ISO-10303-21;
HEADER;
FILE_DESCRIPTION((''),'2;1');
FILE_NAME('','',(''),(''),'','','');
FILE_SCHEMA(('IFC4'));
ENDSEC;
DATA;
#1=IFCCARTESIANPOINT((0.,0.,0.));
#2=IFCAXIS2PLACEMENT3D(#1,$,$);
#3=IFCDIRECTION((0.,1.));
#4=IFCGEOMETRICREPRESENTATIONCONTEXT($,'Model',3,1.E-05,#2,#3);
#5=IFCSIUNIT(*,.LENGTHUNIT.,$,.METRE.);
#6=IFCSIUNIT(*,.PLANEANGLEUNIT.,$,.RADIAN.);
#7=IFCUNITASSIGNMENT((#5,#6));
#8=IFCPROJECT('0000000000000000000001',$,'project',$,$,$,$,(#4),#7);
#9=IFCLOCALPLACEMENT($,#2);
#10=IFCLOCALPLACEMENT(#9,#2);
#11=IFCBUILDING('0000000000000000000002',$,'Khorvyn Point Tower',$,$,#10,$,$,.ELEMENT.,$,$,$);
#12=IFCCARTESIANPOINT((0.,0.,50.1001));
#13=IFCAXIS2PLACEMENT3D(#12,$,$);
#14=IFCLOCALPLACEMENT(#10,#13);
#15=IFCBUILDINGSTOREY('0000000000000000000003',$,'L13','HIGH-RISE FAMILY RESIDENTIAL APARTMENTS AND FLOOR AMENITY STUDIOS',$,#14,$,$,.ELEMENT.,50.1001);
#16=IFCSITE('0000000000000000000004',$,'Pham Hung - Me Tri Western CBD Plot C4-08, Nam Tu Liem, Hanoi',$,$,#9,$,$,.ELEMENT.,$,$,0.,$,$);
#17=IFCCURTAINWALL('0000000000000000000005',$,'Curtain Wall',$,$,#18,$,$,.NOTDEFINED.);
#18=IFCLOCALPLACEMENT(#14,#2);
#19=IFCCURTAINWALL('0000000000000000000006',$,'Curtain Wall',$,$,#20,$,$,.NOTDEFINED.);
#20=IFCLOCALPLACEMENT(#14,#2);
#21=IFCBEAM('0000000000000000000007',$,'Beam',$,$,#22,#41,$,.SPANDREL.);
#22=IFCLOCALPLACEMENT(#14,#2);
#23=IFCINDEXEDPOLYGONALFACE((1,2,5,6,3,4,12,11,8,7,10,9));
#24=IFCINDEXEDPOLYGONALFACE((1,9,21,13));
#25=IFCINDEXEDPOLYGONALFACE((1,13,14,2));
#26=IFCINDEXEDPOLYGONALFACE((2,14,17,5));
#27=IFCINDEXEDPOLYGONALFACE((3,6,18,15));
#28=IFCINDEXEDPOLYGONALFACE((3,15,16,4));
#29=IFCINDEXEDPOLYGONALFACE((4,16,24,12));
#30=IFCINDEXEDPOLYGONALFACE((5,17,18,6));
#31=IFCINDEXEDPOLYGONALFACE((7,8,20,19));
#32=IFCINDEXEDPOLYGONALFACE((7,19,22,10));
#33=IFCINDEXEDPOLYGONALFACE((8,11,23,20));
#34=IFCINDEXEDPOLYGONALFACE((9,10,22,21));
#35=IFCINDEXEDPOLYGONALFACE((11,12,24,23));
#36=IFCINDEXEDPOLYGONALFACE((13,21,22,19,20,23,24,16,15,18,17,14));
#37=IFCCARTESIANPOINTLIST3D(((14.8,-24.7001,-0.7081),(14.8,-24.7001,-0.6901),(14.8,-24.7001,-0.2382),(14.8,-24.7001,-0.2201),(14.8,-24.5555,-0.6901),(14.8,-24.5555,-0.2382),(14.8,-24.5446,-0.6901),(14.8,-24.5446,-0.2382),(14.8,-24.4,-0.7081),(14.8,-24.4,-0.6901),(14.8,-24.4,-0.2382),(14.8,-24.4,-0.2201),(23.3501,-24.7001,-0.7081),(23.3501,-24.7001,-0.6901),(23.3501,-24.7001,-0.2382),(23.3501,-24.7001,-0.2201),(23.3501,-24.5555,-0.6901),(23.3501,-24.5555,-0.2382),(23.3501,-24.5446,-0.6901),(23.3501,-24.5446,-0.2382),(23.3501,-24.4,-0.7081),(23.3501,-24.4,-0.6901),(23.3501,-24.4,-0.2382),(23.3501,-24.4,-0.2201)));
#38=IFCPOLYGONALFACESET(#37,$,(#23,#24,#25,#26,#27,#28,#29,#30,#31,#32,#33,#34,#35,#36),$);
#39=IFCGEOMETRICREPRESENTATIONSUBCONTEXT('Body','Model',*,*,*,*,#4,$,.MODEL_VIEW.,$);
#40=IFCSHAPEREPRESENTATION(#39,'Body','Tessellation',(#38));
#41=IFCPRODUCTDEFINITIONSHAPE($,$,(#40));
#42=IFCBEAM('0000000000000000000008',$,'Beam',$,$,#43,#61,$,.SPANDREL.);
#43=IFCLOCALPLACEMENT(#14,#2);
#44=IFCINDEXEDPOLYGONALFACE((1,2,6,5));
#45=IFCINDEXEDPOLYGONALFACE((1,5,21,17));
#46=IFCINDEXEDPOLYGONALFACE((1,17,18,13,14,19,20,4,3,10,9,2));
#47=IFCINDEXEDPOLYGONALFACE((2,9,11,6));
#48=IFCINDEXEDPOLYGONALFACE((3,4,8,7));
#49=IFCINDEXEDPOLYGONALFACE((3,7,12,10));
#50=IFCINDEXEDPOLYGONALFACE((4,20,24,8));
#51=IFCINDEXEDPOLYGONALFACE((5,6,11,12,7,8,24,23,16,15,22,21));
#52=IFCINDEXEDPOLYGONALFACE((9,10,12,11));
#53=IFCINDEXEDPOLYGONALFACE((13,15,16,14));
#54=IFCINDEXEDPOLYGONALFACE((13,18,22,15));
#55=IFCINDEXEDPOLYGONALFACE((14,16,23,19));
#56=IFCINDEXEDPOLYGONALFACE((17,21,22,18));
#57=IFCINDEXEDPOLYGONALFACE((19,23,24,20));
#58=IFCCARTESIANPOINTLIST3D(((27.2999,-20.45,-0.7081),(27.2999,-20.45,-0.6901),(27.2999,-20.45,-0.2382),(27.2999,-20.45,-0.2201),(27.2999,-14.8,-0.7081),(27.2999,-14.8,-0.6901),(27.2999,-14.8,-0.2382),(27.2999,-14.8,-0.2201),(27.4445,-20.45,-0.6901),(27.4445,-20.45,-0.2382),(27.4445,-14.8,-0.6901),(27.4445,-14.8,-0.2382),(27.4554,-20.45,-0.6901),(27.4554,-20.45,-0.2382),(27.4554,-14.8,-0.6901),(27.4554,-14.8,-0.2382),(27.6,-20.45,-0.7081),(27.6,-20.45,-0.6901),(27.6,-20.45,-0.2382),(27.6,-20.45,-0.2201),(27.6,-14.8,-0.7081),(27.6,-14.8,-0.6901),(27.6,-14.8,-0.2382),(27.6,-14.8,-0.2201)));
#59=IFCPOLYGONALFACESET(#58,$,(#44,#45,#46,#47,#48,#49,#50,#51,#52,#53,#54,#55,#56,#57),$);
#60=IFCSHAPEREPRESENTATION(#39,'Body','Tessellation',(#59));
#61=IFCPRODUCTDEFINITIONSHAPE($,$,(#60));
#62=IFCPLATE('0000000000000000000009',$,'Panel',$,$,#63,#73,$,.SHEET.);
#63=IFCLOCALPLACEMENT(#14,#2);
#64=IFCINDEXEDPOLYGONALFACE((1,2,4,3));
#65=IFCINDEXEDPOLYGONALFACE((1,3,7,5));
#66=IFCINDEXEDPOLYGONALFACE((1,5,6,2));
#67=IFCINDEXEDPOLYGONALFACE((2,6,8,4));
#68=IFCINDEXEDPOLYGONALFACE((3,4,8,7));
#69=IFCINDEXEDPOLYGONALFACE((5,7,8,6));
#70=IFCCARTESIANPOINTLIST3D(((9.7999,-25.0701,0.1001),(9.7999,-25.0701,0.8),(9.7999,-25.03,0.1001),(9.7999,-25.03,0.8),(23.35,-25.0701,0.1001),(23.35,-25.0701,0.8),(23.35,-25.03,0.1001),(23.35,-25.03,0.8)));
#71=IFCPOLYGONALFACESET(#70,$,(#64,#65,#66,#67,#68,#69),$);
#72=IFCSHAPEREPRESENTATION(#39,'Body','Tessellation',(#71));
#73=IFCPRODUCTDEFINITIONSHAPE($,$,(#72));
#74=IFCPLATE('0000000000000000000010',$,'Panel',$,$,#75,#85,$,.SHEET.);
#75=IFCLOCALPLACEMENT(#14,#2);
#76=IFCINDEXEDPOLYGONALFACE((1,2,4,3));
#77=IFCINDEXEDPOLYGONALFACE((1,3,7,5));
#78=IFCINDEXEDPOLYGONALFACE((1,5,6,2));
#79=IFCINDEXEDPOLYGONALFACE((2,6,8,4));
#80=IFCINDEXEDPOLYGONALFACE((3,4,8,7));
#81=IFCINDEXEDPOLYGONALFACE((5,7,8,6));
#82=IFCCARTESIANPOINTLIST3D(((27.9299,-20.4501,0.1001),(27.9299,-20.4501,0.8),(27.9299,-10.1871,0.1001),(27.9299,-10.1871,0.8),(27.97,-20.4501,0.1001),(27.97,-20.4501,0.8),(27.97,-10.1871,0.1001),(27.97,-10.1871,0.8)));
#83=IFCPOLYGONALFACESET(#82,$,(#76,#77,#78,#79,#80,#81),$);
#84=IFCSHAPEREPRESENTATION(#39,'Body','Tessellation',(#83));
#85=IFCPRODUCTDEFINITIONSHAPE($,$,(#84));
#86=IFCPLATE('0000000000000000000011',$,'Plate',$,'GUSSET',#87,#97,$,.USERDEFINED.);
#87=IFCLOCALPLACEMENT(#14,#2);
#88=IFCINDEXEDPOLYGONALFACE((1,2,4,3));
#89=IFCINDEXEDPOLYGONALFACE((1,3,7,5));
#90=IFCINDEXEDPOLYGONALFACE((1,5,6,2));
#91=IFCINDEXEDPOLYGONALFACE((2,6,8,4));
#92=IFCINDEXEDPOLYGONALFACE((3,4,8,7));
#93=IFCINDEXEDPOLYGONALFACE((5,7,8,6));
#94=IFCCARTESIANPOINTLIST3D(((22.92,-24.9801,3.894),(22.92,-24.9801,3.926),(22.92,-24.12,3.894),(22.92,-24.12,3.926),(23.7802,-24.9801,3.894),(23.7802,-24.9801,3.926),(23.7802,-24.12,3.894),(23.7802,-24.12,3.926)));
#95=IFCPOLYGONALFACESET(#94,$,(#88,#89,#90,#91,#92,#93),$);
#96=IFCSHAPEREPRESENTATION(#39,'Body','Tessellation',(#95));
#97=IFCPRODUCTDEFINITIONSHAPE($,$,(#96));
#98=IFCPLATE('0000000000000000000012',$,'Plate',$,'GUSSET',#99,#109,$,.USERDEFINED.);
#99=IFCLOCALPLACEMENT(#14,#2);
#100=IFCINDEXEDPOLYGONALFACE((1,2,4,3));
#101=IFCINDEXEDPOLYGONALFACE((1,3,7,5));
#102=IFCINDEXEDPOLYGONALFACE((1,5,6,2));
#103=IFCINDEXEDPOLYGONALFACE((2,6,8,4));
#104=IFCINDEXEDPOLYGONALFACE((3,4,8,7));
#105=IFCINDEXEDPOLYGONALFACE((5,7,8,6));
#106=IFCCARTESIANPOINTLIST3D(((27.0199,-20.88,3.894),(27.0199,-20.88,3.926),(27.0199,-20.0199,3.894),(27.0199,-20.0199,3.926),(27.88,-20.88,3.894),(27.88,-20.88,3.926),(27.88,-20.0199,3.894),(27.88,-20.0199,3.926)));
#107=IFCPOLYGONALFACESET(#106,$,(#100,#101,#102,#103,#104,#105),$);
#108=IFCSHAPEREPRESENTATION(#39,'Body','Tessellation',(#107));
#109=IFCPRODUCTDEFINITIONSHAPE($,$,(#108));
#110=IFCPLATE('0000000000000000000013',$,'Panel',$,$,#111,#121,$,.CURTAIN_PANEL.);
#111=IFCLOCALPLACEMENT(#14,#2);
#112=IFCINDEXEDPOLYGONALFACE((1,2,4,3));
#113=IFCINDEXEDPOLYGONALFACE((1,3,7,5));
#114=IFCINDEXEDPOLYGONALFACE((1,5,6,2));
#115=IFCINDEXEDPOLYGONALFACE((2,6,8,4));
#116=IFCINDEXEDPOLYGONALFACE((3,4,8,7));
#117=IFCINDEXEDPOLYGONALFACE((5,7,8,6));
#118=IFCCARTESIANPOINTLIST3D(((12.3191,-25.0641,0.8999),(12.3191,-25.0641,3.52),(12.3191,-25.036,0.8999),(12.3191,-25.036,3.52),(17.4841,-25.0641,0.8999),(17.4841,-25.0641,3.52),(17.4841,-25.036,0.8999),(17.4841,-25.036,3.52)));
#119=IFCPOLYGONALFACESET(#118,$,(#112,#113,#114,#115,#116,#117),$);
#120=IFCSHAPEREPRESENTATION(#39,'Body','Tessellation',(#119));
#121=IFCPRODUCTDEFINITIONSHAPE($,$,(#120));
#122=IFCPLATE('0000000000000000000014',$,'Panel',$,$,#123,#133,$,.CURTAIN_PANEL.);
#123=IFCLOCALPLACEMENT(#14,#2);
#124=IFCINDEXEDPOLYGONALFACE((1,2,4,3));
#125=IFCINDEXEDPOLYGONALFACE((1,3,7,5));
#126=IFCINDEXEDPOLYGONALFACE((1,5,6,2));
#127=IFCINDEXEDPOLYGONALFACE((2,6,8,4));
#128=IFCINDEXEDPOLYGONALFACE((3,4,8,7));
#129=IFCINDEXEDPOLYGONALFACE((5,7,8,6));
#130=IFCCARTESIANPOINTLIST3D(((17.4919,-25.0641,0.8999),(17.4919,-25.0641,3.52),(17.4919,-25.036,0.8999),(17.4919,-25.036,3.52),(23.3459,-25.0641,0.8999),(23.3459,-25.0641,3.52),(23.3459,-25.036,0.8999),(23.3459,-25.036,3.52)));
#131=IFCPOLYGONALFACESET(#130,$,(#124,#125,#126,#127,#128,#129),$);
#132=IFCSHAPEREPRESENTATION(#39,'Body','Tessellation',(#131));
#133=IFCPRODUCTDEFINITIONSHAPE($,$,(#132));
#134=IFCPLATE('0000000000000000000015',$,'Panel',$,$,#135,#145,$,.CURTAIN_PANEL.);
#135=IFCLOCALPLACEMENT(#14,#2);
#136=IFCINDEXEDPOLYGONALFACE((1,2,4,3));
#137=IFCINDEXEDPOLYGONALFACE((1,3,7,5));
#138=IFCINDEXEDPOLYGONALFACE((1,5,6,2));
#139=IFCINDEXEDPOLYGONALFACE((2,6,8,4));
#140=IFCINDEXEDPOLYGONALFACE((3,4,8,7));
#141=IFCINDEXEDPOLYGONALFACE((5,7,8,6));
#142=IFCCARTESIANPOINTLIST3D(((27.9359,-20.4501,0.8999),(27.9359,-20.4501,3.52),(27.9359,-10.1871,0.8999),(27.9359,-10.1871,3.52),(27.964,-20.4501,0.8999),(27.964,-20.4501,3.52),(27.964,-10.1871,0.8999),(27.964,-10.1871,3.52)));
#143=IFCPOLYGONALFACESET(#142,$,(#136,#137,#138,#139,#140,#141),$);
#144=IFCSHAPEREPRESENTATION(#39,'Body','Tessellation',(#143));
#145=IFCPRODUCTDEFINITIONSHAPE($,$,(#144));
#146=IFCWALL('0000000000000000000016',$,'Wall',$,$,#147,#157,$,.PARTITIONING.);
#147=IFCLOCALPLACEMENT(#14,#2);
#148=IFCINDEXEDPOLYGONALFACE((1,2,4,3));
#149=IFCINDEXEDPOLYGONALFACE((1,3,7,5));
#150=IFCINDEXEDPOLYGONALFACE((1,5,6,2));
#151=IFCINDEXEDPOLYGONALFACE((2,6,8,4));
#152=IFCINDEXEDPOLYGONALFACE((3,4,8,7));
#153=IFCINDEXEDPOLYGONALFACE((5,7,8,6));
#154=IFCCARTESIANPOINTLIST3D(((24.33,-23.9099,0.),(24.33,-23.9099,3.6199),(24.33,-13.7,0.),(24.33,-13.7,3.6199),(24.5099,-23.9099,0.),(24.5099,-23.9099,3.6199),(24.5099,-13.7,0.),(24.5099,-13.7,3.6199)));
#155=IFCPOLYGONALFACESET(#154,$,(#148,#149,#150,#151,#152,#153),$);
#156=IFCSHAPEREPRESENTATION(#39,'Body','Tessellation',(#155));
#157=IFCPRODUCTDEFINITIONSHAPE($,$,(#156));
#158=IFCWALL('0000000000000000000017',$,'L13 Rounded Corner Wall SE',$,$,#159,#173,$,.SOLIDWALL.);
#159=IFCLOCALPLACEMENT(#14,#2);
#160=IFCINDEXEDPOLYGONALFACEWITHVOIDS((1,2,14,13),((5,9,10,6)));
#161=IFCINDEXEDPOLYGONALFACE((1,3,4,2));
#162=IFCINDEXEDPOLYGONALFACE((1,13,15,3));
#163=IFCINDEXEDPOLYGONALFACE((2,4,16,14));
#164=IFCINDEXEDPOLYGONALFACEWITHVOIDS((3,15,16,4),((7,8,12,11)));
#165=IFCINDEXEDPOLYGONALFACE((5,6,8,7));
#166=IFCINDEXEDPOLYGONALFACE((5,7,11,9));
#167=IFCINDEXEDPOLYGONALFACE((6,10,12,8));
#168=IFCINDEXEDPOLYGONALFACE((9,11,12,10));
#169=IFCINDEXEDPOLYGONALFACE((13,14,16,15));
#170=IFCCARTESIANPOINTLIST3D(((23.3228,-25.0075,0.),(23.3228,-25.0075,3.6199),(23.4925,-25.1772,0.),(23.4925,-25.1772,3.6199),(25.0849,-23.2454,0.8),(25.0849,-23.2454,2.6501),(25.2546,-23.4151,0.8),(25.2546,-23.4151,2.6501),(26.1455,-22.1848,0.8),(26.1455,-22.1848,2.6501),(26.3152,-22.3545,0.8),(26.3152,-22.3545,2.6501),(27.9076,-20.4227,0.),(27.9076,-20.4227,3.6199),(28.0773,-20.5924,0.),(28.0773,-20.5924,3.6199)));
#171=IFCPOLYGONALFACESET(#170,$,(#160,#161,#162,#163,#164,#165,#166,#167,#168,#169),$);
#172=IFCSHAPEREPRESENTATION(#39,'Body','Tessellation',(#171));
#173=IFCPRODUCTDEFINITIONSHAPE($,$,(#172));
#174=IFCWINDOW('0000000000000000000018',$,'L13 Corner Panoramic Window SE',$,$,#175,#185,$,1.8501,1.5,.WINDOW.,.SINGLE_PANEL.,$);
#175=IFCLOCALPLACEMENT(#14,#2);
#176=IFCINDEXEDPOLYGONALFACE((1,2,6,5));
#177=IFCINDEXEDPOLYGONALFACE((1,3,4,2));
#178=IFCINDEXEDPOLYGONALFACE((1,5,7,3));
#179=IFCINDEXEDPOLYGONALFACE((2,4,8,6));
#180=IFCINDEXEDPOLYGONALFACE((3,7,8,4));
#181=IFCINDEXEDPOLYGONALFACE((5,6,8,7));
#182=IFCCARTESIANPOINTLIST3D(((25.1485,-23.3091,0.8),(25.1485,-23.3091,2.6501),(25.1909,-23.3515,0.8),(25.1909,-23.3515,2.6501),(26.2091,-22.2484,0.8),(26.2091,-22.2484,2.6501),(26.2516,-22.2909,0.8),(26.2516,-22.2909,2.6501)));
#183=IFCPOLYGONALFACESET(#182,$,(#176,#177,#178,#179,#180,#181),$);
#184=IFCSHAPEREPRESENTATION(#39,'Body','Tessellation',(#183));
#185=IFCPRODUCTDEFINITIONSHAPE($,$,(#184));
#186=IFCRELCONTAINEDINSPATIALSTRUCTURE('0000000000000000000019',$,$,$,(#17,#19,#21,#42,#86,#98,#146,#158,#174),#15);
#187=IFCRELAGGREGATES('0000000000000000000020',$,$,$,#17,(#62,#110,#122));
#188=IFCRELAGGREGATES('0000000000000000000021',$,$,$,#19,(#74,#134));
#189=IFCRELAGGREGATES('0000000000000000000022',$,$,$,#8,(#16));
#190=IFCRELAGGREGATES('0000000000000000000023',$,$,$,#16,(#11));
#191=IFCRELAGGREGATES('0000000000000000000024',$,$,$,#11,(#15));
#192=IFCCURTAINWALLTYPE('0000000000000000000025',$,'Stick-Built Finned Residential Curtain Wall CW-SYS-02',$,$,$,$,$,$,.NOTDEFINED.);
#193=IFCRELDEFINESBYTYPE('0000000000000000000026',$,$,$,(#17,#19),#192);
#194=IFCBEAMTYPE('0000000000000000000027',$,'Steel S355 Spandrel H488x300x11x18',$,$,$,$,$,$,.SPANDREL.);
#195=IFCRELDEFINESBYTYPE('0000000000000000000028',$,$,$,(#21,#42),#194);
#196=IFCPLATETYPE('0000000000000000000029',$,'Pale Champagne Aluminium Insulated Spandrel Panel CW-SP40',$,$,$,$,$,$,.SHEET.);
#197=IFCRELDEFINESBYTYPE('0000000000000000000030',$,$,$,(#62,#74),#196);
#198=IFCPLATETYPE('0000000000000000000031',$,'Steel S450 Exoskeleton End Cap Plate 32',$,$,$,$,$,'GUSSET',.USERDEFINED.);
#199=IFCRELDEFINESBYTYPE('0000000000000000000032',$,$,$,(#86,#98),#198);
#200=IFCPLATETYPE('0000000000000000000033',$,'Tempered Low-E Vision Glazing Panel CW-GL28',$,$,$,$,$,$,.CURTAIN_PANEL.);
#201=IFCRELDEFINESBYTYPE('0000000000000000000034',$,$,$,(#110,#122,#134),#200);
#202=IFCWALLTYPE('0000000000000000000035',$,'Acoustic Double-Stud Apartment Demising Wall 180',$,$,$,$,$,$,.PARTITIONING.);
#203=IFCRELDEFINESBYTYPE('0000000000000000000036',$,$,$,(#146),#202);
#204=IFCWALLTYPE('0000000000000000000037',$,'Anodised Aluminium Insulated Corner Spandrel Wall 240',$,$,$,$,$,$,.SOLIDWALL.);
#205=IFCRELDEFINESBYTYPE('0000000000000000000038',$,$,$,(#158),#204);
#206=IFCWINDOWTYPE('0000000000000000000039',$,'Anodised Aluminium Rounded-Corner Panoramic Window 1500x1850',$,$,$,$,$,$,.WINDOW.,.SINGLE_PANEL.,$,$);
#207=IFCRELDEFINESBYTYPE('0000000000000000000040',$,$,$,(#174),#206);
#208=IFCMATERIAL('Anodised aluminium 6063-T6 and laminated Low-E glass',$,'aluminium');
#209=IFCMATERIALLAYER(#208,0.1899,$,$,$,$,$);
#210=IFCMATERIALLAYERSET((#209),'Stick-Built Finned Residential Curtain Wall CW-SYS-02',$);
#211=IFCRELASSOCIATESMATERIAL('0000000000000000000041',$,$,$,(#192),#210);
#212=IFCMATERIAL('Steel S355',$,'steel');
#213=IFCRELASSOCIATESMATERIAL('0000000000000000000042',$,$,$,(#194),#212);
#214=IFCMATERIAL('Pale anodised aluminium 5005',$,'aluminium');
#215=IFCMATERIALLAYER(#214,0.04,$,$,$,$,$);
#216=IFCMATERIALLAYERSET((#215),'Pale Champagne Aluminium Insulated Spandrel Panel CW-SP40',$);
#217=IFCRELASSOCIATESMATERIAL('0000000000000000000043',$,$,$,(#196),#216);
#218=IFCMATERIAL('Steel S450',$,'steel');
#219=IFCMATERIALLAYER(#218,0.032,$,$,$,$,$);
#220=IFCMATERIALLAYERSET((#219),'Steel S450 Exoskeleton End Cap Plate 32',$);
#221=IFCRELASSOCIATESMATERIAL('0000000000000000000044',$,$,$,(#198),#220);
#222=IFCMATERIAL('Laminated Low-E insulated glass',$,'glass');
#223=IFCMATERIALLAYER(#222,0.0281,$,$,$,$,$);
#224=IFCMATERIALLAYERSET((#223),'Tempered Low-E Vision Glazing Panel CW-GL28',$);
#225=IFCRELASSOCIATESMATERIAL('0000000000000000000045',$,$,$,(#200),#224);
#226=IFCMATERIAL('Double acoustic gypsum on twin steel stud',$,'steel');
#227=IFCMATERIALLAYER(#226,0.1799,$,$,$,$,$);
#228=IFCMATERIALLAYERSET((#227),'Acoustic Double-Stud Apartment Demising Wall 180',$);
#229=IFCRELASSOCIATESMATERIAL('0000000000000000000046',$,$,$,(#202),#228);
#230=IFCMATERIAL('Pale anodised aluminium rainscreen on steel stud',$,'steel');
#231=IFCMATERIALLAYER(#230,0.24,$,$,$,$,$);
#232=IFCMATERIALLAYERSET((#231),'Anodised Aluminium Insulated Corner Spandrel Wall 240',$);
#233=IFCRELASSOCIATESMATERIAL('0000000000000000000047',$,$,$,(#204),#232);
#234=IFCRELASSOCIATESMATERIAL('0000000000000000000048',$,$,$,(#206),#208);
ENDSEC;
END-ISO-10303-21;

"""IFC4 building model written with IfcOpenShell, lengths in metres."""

from ifc_helpers import new_model, si_unit, direction, frame, frame_2d, origin, origin_2d, place, context, subcontext, project, spatial, rectangle, i_section, extrude, material, layer, layer_set, material_profile, profile_set, type_object, element, fill, aggregate, save


model = new_model("IFC4")

# Units and contexts
model_context = context("Model", 3, precision=1e-05, world=origin(), true_north=direction((0.0, 1.0)))
body_context = subcontext(model_context, "Body", "Model", "MODEL_VIEW")
ifc_project = project(units=[si_unit("LENGTHUNIT", "METRE"), si_unit("PLANEANGLEUNIT", "RADIAN")], contexts=[model_context])

# Site, building, storey
site_placement = place(None, origin())
site = spatial("IfcSite", under=ifc_project, at=site_placement, Name="Pham Hung - Me Tri Western CBD Plot C4-08, Nam Tu Liem, Hanoi", CompositionType="ELEMENT", RefElevation=0.0)
building_placement = place(site_placement, origin())
building = spatial("IfcBuilding", under=site, at=building_placement, Name="Khorvyn Point Tower", CompositionType="ELEMENT")
storey_placement = place(building_placement, frame((0.0, 0.0, 50.1001)))
storey = spatial("IfcBuildingStorey", under=building, at=storey_placement, Name="L13", Description="HIGH-RISE FAMILY RESIDENTIAL APARTMENTS AND FLOOR AMENITY STUDIOS", CompositionType="ELEMENT", Elevation=50.1001)

# Shared definitions
ifc_material_1 = material(Name="Steel S450", Category="steel")

# Curtain walls
ifc_material_2 = material(Name="Anodised aluminium 6063-T6 and laminated Low-E glass", Category="aluminium")
ifc_layer_1 = layer(ifc_material_2, 0.1899)
ifc_layer_set_1 = layer_set([ifc_layer_1], Name="Stick-Built Finned Residential Curtain Wall CW-SYS-02")
curtain_wall_type = type_object("IfcCurtainWallType", Name="Stick-Built Finned Residential Curtain Wall CW-SYS-02", PredefinedType="NOTDEFINED", material=ifc_layer_set_1)
curtain_wall_1_placement = place(storey_placement, origin())
curtain_wall_1 = element("IfcCurtainWall", 1, at=curtain_wall_1_placement, inside=storey, type_object=curtain_wall_type, Name="Curtain Wall", PredefinedType="NOTDEFINED")
curtain_wall_2_placement = place(storey_placement, origin())
curtain_wall_2 = element("IfcCurtainWall", 2, at=curtain_wall_2_placement, inside=storey, type_object=curtain_wall_type, Name="Curtain Wall", PredefinedType="NOTDEFINED")

# Beams
ifc_material_3 = material(Name="Steel S355", Category="steel")
ifc_material_profile_1 = material_profile(ifc_material_3, i_section(OverallWidth=0.3, OverallDepth=0.488, WebThickness=0.011, FlangeThickness=0.0181, at=origin_2d()))
ifc_profile_set_1 = profile_set([ifc_material_profile_1], Name="Steel S355 H488x300x11x18")
beam_type_1 = type_object("IfcBeamType", Name="Steel S355 Spandrel H488x300x11x18", PredefinedType="SPANDREL", material=ifc_profile_set_1)
beam_1_placement = place(storey_placement, frame((14.8, -24.55, -0.4641), z_axis=(1.0, 0.0, 0.0), x_axis=(0.0, 1.0, 0.0)))
element("IfcBeam", 3, at=beam_1_placement, inside=storey, type_object=beam_type_1, Name="Beam", PredefinedType="SPANDREL", context=body_context, shape_type="SweptSolid", body=[
    extrude(i_section(OverallWidth=0.3, OverallDepth=0.488, WebThickness=0.011, FlangeThickness=0.0181, at=origin_2d()), origin(), (0.0, 0.0, 1.0), 8.55),
])
beam_2_placement = place(storey_placement, frame((27.45, -20.45, -0.4641), z_axis=(0.0, 1.0, 0.0), x_axis=(-1.0, 0.0, 0.0)))
element("IfcBeam", 4, at=beam_2_placement, inside=storey, type_object=beam_type_1, Name="Beam", PredefinedType="SPANDREL", context=body_context, shape_type="SweptSolid", body=[
    extrude(i_section(OverallWidth=0.3, OverallDepth=0.488, WebThickness=0.011, FlangeThickness=0.0181, at=origin_2d()), origin(), (0.0, 0.0, 1.0), 5.6499),
])

# Plates
ifc_material_4 = material(Name="Pale anodised aluminium 5005", Category="aluminium")
ifc_layer_2 = layer(ifc_material_4, 0.04)
ifc_layer_set_2 = layer_set([ifc_layer_2], Name="Pale Champagne Aluminium Insulated Spandrel Panel CW-SP40")
plate_type_1 = type_object("IfcPlateType", Name="Pale Champagne Aluminium Insulated Spandrel Panel CW-SP40", PredefinedType="SHEET", material=ifc_layer_set_2)
plate_1_placement = place(storey_placement, frame((16.575, -25.05, 0.1001), z_axis=(0.0, 0.0, 1.0), x_axis=(-1.0, 0.0, 0.0)))
plate_1 = element("IfcPlate", 5, at=plate_1_placement, type_object=plate_type_1, Name="Panel", PredefinedType="SHEET", context=body_context, shape_type="SweptSolid", body=[
    extrude(rectangle(XDim=13.55, YDim=0.04, at=origin_2d()), origin(), (0.0, 0.0, 1.0), 0.7),
])
plate_2_placement = place(storey_placement, frame((27.95, -15.3186, 0.1001), z_axis=(0.0, 0.0, 1.0), x_axis=(0.0, -1.0, 0.0)))
plate_2 = element("IfcPlate", 6, at=plate_2_placement, type_object=plate_type_1, Name="Panel", PredefinedType="SHEET", context=body_context, shape_type="SweptSolid", body=[
    extrude(rectangle(XDim=10.2629, YDim=0.04, at=origin_2d()), origin(), (0.0, 0.0, 1.0), 0.7),
])

# Plates
ifc_layer_3 = layer(ifc_material_1, 0.032)
ifc_layer_set_3 = layer_set([ifc_layer_3], Name="Steel S450 Exoskeleton End Cap Plate 32")
plate_type_2 = type_object("IfcPlateType", Name="Steel S450 Exoskeleton End Cap Plate 32", ElementType="GUSSET", PredefinedType="USERDEFINED", material=ifc_layer_set_3)
for number, where, z_axis, x_axis, name in (
    (7, (23.3501, -24.55, 3.894), (0.0, 0.0, 1.0), (1.0, 0.0, 0.0), "Plate"),
    (8, (27.45, -20.45, 3.894), (0.0, 0.0, 1.0), (1.0, 0.0, 0.0), "Plate"),
):
    element("IfcPlate", number, at=place(storey_placement, frame(where, z_axis=z_axis, x_axis=x_axis)), inside=storey, type_object=plate_type_2, Name=name, ObjectType="GUSSET", PredefinedType="USERDEFINED", context=body_context, shape_type="SweptSolid", body=[
        extrude(rectangle(XDim=0.8601, YDim=0.8601, at=origin_2d()), origin(), (0.0, 0.0, 1.0), 0.032),
    ])

# Plates
ifc_material_5 = material(Name="Laminated Low-E insulated glass", Category="glass")
ifc_layer_4 = layer(ifc_material_5, 0.0281)
ifc_layer_set_4 = layer_set([ifc_layer_4], Name="Tempered Low-E Vision Glazing Panel CW-GL28")
plate_type_3 = type_object("IfcPlateType", Name="Tempered Low-E Vision Glazing Panel CW-GL28", PredefinedType="CURTAIN_PANEL", material=ifc_layer_set_4)
plate_3_placement = place(storey_placement, frame((14.9016, -25.05, 0.8999), z_axis=(0.0, 0.0, 1.0), x_axis=(-1.0, 0.0, 0.0)))
plate_3 = element("IfcPlate", 9, at=plate_3_placement, type_object=plate_type_3, Name="Panel", PredefinedType="CURTAIN_PANEL", context=body_context, shape_type="SweptSolid", body=[
    extrude(rectangle(XDim=5.165, YDim=0.0281, at=origin_2d()), origin(), (0.0, 0.0, 1.0), 2.6201),
])
plate_4_placement = place(storey_placement, frame((20.4189, -25.05, 0.8999), z_axis=(0.0, 0.0, 1.0), x_axis=(-1.0, 0.0, 0.0)))
plate_4 = element("IfcPlate", 10, at=plate_4_placement, type_object=plate_type_3, Name="Panel", PredefinedType="CURTAIN_PANEL", context=body_context, shape_type="SweptSolid", body=[
    extrude(rectangle(XDim=5.854, YDim=0.0281, at=origin_2d()), origin(), (0.0, 0.0, 1.0), 2.6201),
])
aggregate(curtain_wall_1, [plate_1, plate_3, plate_4])
plate_5_placement = place(storey_placement, frame((27.95, -15.3186, 0.8999), z_axis=(0.0, 0.0, 1.0), x_axis=(0.0, -1.0, 0.0)))
plate_5 = element("IfcPlate", 11, at=plate_5_placement, type_object=plate_type_3, Name="Panel", PredefinedType="CURTAIN_PANEL", context=body_context, shape_type="SweptSolid", body=[
    extrude(rectangle(XDim=10.2629, YDim=0.0281, at=origin_2d()), origin(), (0.0, 0.0, 1.0), 2.6201),
])
aggregate(curtain_wall_2, [plate_2, plate_5])

# Wall
ifc_material_6 = material(Name="Double acoustic gypsum on twin steel stud", Category="steel")
ifc_layer_5 = layer(ifc_material_6, 0.1799)
ifc_layer_set_5 = layer_set([ifc_layer_5], Name="Acoustic Double-Stud Apartment Demising Wall 180")
wall_type_1 = type_object("IfcWallType", Name="Acoustic Double-Stud Apartment Demising Wall 180", PredefinedType="PARTITIONING", material=ifc_layer_set_5)
wall_1_placement = place(storey_placement, frame((24.4199, -23.9099, 0.0), z_axis=(0.0, 0.0, 1.0), x_axis=(0.0, 1.0, 0.0)))
element("IfcWall", 12, at=wall_1_placement, inside=storey, type_object=wall_type_1, Name="Wall", PredefinedType="PARTITIONING", context=body_context, shape_type="SweptSolid", body=[
    extrude(rectangle(XDim=10.21, YDim=0.1799, at=frame_2d((5.105, 0.0))), origin(), (0.0, 0.0, 1.0), 3.6199),
])

# Wall, opening, window
ifc_material_7 = material(Name="Pale anodised aluminium rainscreen on steel stud", Category="steel")
ifc_layer_6 = layer(ifc_material_7, 0.24)
ifc_layer_set_6 = layer_set([ifc_layer_6], Name="Anodised Aluminium Insulated Corner Spandrel Wall 240")
wall_type_2 = type_object("IfcWallType", Name="Anodised Aluminium Insulated Corner Spandrel Wall 240", PredefinedType="SOLIDWALL", material=ifc_layer_set_6)
wall_2_placement = place(storey_placement, frame((27.9924, -20.5076, 0.0), z_axis=(0.0, 0.0, 1.0), x_axis=(-0.707107, -0.707107, 0.0)))
wall_2 = element("IfcWall", 13, at=wall_2_placement, inside=storey, type_object=wall_type_2, Name="L13 Rounded Corner Wall SE", PredefinedType="SOLIDWALL", context=body_context, shape_type="SweptSolid", body=[
    extrude(rectangle(XDim=6.4839, YDim=0.24, at=frame_2d((3.2419, 0.0))), origin(), (0.0, 0.0, 1.0), 3.6199),
])
opening_1_placement = place(wall_2_placement, frame((2.4919, 0.0, 0.8)))
opening_1 = element("IfcOpeningElement", 14, at=opening_1_placement, cuts=wall_2, PredefinedType="OPENING", context=body_context, shape_type="SweptSolid", body=[
    extrude(rectangle(XDim=1.5, YDim=1.8501, at=frame_2d((0.75, 0.925))), frame((0.0, 0.1299, 0.0), z_axis=(0.0, -1.0, 0.0), x_axis=(1.0, 0.0, 0.0)), (0.0, 0.0, 1.0), 0.26),
])
window_type = type_object("IfcWindowType", Name="Anodised Aluminium Rounded-Corner Panoramic Window 1500x1850", PartitioningType="SINGLE_PANEL", PredefinedType="WINDOW", material=ifc_material_2)
window_placement = place(opening_1_placement, origin())
window = element("IfcWindow", 15, at=window_placement, inside=storey, type_object=window_type, Name="L13 Corner Panoramic Window SE", OverallHeight=1.8501, OverallWidth=1.5, PartitioningType="SINGLE_PANEL", PredefinedType="WINDOW", context=body_context, shape_type="SweptSolid", body=[
    extrude(rectangle(XDim=1.5, YDim=1.8501, at=frame_2d((0.75, 0.925))), frame((0.0, 0.03, 0.0), z_axis=(0.0, -1.0, 0.0), x_axis=(1.0, 0.0, 0.0)), (0.0, 0.0, 1.0), 0.0601),
])
fill(opening_1, window)

save(model, "model.ifc")
